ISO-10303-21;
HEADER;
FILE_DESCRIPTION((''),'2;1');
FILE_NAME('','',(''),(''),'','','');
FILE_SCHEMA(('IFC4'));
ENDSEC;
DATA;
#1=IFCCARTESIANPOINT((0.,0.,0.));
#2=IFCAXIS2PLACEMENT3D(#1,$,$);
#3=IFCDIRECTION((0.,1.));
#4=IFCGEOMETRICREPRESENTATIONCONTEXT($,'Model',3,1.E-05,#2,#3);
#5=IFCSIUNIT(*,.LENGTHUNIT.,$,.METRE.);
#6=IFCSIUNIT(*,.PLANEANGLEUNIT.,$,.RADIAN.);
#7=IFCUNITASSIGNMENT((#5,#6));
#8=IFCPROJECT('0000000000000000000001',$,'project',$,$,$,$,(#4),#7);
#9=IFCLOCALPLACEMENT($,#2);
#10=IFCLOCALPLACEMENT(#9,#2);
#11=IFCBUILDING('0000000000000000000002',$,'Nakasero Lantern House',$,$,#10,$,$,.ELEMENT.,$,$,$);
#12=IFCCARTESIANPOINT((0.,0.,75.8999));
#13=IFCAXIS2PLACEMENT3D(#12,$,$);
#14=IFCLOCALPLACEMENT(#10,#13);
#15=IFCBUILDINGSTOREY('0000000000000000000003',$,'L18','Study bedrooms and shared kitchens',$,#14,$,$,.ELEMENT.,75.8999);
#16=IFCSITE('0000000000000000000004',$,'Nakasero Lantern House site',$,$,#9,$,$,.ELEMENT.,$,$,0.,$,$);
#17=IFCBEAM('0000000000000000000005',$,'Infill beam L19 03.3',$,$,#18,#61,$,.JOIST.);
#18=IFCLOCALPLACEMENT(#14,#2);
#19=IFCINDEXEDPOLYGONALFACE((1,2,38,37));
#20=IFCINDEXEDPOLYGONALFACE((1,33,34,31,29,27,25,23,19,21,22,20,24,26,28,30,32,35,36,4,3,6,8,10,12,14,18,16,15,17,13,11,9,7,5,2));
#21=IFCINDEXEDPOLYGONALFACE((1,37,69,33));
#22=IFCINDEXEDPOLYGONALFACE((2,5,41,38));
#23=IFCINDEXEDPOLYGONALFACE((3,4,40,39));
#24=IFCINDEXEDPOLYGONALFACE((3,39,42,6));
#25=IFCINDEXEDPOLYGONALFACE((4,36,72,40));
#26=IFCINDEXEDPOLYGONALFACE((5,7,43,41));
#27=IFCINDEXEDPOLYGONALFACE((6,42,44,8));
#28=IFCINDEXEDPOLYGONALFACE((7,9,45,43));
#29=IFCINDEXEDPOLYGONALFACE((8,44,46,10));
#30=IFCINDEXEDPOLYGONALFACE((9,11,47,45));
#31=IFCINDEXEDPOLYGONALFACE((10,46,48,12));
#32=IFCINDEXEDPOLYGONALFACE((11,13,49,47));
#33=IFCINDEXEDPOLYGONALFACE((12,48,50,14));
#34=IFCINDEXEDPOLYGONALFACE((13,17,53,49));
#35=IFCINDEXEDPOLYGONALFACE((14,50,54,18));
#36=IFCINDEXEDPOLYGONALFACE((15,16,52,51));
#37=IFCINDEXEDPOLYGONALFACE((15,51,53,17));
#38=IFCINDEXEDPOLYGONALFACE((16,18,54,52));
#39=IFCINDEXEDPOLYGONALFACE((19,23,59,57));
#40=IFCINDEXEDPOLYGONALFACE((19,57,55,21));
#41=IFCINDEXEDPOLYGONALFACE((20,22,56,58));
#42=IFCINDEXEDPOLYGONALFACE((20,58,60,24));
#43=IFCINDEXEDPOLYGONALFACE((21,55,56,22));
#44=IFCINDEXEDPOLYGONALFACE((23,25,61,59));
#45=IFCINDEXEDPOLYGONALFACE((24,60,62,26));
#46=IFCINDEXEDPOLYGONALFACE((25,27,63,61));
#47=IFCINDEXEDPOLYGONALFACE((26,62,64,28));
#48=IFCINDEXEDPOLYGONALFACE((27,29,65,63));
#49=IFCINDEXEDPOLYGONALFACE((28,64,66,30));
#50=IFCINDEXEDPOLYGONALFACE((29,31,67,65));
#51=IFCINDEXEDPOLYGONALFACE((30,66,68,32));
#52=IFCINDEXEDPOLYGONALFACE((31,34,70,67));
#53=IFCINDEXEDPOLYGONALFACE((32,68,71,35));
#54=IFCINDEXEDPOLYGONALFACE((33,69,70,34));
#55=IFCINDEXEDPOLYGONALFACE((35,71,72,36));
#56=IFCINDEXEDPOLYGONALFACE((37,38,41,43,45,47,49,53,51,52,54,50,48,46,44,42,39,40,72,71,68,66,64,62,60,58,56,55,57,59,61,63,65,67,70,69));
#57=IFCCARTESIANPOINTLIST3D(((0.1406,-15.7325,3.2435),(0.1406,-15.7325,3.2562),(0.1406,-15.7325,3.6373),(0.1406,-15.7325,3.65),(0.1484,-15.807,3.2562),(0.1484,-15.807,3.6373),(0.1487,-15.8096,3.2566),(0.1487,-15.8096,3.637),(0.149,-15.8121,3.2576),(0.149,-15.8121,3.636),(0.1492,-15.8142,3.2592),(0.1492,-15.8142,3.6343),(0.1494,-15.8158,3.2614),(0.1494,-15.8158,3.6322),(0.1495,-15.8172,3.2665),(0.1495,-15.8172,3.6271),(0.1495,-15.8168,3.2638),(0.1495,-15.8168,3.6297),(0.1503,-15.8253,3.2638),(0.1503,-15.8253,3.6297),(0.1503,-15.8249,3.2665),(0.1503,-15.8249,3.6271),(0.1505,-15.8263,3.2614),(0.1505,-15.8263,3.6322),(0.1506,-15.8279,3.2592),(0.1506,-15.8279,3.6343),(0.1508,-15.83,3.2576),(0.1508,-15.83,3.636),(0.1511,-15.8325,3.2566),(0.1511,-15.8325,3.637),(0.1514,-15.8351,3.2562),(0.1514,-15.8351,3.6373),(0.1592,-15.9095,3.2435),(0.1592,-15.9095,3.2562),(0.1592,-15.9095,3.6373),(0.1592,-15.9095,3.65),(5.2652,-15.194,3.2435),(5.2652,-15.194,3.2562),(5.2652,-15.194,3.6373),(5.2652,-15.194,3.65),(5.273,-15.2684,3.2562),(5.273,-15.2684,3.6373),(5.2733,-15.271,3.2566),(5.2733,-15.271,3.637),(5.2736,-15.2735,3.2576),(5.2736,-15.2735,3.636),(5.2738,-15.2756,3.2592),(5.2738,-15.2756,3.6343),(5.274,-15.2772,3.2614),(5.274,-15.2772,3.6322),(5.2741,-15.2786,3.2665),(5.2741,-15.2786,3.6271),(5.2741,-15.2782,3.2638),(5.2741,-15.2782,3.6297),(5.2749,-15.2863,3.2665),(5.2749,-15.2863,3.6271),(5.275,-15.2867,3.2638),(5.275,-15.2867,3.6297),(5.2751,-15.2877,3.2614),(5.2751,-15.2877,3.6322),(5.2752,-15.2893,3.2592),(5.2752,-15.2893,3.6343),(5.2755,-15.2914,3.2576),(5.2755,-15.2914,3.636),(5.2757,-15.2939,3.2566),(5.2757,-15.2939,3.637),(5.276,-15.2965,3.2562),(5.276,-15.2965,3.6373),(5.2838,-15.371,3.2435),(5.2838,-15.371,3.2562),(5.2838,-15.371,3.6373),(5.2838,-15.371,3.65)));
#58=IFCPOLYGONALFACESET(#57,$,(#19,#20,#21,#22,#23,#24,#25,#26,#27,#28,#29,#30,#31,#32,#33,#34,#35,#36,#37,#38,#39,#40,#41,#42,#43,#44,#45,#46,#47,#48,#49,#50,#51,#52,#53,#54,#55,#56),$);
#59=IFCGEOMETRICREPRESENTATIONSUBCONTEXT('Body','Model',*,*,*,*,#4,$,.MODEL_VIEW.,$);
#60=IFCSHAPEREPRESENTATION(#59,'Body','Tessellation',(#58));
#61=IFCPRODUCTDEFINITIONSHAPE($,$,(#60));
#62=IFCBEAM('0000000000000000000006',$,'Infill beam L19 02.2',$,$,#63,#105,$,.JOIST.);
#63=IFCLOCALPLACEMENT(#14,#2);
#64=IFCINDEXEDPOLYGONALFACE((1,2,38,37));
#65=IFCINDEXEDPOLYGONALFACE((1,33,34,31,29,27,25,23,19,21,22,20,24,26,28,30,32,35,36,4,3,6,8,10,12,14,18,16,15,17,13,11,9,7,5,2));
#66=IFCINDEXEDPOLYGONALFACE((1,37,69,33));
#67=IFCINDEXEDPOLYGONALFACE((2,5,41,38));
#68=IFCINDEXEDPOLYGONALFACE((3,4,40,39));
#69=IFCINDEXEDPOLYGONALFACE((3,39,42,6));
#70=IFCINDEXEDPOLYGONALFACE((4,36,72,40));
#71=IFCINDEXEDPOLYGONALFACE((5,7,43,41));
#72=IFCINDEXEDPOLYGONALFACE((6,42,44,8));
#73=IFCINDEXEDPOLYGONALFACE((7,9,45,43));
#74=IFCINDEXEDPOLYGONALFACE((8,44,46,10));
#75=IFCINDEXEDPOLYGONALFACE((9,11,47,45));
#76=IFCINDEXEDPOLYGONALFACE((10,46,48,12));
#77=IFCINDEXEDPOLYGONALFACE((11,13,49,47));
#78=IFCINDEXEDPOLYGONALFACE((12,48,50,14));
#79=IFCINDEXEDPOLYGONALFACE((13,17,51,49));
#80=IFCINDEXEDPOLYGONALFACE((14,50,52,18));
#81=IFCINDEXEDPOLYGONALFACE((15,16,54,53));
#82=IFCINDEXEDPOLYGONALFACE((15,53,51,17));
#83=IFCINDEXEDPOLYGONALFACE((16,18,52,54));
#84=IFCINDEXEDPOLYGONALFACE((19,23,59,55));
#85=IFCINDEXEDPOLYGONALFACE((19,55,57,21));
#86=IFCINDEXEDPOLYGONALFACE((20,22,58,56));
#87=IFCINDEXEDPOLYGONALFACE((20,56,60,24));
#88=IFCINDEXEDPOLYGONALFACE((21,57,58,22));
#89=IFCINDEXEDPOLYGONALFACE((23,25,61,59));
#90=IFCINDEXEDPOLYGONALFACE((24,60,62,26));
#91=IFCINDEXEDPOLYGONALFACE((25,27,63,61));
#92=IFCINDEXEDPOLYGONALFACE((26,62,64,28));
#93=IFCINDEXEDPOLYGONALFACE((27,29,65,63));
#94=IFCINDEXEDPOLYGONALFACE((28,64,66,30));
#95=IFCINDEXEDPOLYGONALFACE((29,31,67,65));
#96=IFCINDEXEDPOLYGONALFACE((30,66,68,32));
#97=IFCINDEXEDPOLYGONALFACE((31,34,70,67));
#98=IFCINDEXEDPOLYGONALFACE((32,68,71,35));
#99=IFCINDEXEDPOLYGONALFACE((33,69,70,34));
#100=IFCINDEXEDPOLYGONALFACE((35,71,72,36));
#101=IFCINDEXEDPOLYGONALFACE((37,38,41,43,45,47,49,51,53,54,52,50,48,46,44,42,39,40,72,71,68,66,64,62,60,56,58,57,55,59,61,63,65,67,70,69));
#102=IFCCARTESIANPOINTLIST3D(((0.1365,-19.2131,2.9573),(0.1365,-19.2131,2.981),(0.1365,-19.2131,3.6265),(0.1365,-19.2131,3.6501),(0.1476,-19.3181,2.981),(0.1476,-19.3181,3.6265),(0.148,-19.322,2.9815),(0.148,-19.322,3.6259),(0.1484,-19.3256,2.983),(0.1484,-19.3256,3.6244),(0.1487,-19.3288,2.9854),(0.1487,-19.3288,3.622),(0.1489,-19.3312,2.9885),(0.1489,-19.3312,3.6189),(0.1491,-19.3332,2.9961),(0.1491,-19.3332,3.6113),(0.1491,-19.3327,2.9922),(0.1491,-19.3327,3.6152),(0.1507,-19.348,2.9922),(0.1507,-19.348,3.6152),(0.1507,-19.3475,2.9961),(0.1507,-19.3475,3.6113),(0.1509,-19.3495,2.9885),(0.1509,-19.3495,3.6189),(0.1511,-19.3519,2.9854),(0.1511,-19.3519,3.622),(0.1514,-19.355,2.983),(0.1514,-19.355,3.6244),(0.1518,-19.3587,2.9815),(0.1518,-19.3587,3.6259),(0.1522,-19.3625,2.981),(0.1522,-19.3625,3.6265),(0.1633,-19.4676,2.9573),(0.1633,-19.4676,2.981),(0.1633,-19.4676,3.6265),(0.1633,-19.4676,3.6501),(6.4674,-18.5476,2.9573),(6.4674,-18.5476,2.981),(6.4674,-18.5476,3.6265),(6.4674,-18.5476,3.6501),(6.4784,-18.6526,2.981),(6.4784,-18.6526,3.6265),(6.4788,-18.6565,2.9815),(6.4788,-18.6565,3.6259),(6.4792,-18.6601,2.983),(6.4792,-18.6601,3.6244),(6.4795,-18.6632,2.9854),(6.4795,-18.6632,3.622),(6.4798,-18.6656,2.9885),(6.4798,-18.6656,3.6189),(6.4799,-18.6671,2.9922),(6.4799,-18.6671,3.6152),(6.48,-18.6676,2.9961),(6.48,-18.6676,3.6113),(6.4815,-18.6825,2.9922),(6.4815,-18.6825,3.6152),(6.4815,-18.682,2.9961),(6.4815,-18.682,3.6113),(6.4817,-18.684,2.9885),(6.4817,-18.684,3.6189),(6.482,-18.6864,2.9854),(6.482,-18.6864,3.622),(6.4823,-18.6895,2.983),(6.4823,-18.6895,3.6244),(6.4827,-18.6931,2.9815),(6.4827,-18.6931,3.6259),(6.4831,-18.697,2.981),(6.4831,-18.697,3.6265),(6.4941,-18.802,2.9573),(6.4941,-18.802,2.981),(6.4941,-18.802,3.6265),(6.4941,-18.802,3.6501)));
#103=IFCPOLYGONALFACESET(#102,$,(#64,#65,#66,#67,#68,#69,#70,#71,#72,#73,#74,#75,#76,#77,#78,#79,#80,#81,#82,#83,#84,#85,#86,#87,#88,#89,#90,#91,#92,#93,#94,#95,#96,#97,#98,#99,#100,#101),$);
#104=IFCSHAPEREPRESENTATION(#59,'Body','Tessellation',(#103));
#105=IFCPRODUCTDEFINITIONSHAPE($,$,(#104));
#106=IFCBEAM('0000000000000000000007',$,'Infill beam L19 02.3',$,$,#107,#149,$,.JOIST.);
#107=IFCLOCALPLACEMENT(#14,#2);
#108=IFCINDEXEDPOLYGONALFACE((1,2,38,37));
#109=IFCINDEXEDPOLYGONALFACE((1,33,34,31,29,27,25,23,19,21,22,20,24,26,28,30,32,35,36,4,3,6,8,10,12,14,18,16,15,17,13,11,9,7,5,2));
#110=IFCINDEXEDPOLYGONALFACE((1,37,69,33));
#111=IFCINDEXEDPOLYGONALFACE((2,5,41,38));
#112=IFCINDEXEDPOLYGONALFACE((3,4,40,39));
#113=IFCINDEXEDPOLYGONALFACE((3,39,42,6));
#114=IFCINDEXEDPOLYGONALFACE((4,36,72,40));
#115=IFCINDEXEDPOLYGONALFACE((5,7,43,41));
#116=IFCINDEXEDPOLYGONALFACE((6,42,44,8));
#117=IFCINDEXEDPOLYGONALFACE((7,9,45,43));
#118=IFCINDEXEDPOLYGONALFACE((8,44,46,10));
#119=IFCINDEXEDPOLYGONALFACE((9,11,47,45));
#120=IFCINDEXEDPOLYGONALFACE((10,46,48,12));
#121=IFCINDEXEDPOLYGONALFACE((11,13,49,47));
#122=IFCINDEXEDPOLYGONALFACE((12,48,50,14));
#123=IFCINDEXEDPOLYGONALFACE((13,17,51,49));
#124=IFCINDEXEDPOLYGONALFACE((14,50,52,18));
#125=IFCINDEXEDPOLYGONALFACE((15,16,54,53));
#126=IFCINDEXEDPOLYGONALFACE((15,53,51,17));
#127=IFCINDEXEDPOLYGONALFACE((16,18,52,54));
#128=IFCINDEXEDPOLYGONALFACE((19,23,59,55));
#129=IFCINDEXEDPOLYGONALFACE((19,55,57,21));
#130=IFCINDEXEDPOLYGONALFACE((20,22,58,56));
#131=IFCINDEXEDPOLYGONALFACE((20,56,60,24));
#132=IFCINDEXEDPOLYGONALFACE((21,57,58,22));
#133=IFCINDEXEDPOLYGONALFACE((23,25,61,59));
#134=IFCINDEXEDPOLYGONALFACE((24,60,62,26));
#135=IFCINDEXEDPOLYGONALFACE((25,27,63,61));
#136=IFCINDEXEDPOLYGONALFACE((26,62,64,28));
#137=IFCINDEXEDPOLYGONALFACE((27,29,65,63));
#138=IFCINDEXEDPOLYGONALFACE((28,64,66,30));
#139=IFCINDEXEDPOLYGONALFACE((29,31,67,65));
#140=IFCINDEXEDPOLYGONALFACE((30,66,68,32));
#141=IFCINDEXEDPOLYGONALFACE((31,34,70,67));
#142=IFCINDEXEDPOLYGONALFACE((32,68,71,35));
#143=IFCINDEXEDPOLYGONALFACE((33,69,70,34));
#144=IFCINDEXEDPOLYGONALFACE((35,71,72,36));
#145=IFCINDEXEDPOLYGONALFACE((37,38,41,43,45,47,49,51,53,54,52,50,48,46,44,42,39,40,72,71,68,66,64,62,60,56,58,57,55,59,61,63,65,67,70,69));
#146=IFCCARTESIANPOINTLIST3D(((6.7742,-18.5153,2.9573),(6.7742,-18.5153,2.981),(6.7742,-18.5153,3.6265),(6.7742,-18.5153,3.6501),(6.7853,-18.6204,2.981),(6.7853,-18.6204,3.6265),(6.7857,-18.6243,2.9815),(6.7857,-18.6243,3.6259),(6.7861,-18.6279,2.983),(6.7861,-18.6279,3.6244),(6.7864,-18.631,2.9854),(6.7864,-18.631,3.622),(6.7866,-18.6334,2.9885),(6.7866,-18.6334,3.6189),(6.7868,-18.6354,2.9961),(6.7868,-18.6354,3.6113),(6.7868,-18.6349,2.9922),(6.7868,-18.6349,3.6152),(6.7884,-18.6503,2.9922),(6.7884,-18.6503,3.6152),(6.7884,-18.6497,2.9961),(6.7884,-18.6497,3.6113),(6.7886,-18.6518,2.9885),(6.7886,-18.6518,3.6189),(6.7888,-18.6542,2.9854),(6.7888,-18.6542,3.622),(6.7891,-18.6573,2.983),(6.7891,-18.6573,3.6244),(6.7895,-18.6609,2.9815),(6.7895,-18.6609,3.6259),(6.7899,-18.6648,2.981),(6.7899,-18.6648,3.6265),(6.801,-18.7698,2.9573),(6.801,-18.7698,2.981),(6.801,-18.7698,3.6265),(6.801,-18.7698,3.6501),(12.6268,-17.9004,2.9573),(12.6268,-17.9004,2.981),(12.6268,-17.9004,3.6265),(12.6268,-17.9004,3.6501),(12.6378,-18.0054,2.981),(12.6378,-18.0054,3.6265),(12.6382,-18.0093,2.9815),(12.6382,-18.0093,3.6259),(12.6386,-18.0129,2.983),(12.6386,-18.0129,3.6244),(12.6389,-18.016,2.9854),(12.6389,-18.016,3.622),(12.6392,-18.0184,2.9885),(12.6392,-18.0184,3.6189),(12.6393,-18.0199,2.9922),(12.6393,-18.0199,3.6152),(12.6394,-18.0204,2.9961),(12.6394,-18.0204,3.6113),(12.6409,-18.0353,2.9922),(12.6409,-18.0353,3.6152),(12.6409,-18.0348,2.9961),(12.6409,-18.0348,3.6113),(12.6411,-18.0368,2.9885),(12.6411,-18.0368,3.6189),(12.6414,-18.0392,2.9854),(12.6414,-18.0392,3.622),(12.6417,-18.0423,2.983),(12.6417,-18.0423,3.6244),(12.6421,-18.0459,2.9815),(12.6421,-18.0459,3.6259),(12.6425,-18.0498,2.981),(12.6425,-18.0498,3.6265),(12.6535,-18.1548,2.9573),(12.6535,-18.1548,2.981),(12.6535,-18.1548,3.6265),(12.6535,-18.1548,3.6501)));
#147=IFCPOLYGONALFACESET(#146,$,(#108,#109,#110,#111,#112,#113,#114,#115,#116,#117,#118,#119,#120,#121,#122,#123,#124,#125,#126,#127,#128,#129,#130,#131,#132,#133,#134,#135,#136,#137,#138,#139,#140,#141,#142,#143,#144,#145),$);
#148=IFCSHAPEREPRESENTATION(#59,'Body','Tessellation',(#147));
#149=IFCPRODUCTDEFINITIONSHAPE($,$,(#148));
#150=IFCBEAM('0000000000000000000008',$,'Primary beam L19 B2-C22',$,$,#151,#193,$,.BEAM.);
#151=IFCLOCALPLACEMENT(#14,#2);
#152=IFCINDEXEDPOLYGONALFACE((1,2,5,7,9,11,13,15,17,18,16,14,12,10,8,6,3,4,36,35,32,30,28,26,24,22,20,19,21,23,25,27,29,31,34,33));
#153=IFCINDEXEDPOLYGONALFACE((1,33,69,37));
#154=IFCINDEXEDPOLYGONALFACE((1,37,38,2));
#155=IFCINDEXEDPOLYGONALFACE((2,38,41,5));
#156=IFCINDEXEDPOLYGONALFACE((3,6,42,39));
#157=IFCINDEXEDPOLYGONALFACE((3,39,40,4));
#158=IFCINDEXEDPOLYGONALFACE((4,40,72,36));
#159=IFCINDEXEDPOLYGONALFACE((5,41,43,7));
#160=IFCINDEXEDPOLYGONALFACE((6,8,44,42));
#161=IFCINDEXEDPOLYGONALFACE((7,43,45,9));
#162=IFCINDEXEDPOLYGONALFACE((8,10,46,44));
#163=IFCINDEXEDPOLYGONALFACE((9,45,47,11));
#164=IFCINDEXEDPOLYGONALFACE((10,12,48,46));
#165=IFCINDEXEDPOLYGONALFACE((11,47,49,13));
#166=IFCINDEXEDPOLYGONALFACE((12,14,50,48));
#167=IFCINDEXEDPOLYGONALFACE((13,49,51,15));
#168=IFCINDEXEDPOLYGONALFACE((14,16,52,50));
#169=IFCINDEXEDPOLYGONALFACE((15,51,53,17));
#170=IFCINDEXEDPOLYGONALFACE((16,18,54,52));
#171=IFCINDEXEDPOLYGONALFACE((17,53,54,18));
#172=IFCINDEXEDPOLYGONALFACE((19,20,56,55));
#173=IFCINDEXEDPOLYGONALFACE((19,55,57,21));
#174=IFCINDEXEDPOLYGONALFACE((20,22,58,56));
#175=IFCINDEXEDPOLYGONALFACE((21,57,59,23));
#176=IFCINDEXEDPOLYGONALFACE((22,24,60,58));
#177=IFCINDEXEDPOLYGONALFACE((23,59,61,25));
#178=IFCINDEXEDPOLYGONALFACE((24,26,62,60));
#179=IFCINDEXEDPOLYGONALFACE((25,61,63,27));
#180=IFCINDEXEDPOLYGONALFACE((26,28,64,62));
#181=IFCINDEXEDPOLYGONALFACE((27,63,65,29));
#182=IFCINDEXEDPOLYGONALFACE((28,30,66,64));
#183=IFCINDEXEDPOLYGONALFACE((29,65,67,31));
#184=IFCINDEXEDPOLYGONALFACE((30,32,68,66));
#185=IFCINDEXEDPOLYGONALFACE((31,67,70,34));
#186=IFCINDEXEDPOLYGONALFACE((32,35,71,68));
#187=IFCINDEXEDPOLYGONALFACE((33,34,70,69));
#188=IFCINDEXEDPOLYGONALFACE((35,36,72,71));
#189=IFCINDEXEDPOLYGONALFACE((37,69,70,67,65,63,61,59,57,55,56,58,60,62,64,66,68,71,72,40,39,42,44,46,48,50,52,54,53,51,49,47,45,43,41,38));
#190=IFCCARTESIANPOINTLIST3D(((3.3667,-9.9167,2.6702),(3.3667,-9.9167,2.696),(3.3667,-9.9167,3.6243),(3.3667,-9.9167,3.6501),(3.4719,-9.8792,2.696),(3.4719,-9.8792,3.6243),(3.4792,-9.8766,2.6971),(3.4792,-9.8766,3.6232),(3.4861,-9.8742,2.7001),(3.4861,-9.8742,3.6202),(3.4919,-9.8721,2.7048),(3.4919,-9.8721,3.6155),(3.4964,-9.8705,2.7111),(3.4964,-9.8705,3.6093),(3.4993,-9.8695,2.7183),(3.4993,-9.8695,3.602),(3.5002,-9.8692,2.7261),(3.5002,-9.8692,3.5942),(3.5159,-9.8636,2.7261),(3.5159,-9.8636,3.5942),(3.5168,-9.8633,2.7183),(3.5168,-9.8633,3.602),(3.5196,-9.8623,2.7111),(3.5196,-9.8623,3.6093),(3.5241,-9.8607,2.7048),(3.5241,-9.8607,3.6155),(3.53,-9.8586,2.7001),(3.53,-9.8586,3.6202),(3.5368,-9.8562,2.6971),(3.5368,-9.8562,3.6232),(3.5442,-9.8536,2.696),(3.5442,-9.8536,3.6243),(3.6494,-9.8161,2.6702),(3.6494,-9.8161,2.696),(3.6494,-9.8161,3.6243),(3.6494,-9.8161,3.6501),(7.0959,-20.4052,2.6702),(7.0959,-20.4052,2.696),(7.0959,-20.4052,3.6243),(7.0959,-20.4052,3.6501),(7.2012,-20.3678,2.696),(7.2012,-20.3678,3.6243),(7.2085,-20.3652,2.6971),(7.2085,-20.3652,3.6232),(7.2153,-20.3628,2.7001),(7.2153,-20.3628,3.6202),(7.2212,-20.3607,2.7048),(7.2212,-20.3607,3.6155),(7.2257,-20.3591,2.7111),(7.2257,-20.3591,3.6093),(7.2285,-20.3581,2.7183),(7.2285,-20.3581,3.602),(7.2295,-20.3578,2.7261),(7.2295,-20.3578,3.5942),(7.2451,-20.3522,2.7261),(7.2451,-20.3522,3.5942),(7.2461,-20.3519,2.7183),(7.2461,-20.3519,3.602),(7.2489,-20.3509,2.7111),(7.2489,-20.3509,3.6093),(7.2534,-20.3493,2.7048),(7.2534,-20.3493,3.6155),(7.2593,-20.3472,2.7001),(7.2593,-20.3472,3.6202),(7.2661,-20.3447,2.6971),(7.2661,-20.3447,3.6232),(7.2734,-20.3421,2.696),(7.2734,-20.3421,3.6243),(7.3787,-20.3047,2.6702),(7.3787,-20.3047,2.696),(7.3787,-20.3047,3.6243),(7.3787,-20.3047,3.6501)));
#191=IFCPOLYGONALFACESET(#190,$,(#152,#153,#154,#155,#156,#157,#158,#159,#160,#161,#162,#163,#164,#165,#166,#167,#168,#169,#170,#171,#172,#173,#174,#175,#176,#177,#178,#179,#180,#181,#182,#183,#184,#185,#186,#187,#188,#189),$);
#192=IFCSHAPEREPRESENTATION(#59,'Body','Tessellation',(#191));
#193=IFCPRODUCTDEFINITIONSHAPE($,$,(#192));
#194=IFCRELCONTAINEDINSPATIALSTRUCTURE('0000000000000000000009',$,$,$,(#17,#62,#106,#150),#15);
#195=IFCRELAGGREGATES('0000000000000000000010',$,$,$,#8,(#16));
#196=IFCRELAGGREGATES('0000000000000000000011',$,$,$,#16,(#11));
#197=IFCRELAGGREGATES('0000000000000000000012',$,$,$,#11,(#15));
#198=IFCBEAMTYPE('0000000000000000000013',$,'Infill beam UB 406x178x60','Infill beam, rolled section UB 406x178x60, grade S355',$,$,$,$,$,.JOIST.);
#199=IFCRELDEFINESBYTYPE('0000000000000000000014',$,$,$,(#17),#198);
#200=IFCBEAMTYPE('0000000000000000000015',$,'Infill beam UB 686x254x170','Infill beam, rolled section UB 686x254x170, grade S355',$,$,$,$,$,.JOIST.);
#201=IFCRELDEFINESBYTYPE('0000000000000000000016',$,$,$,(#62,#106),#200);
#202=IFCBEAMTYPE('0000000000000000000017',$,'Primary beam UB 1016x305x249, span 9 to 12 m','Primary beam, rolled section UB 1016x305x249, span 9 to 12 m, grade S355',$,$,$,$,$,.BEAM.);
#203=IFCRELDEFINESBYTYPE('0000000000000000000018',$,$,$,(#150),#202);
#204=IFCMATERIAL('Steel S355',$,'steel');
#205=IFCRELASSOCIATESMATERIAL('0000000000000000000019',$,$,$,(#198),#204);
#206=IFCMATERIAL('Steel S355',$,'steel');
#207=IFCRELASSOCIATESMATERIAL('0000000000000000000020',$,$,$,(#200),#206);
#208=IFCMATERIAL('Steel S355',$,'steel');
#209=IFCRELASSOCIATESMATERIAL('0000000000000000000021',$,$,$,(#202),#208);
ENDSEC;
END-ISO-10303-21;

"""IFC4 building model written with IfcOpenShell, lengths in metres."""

from ifc_helpers import new_model, si_unit, direction, frame, origin, origin_2d, place, context, subcontext, project, spatial, i_section, extrude, material, material_profile, profile_set, type_object, element, save


model = new_model("IFC4")

# Units and contexts
model_context = context("Model", 3, precision=1e-05, world=origin(), true_north=direction((0.0, 1.0)))
body_context = subcontext(model_context, "Body", "Model", "MODEL_VIEW")
ifc_project = project(units=[si_unit("LENGTHUNIT", "METRE"), si_unit("PLANEANGLEUNIT", "RADIAN")], contexts=[model_context])

# Site, building, storey
site_placement = place(None, origin())
site = spatial("IfcSite", under=ifc_project, at=site_placement, Name="Nakasero Lantern House site", CompositionType="ELEMENT", RefElevation=0.0)
building_placement = place(site_placement, origin())
building = spatial("IfcBuilding", under=site, at=building_placement, Name="Nakasero Lantern House", CompositionType="ELEMENT")
storey_placement = place(building_placement, frame((0.0, 0.0, 75.8999)))
storey = spatial("IfcBuildingStorey", under=building, at=storey_placement, Name="L18", Description="Study bedrooms and shared kitchens", CompositionType="ELEMENT", Elevation=75.8999)

# Beams
ifc_material_1 = material(Name="Steel S355", Category="steel")
ifc_material_profile_1 = material_profile(ifc_material_1, i_section(OverallWidth=0.178, OverallDepth=0.4065, WebThickness=0.0078, FlangeThickness=0.0127, FilletRadius=0.0103, at=origin_2d()), Name="UB 406x178x60")
ifc_profile_set_1 = profile_set([ifc_material_profile_1], Name="Steel S355")
beam_type_1 = type_object("IfcBeamType", Name="Infill beam UB 406x178x60", Description="Infill beam, rolled section UB 406x178x60, grade S355", PredefinedType="JOIST", material=ifc_profile_set_1)
beam_1_placement = place(storey_placement, frame((0.1499, -15.821, 3.4468), z_axis=(0.994523, 0.104522, 0.0), x_axis=(-0.104522, 0.994523, 0.0)))
element("IfcBeam", 1, at=beam_1_placement, inside=storey, type_object=beam_type_1, Name="Infill beam L19 03.3", PredefinedType="JOIST", context=body_context, shape_type="SweptSolid", body=[
    extrude(i_section(OverallWidth=0.178, OverallDepth=0.4065, WebThickness=0.0078, FlangeThickness=0.0127, FilletRadius=0.0103, at=origin_2d()), origin(), (0.0, 0.0, 1.0), 5.1528),
])
ifc_material_2 = material(Name="Steel S355", Category="steel")
ifc_material_profile_2 = material_profile(ifc_material_2, i_section(OverallWidth=0.2559, OverallDepth=0.6929, WebThickness=0.0144, FlangeThickness=0.0237, FilletRadius=0.0151, at=origin_2d()), Name="UB 686x254x170")
ifc_profile_set_2 = profile_set([ifc_material_profile_2], Name="Steel S355")
beam_type_2 = type_object("IfcBeamType", Name="Infill beam UB 686x254x170", Description="Infill beam, rolled section UB 686x254x170, grade S355", PredefinedType="JOIST", material=ifc_profile_set_2)
beam_2_placement = place(storey_placement, frame((0.1499, -19.3403, 3.3037), z_axis=(0.99452, 0.104549, 0.0), x_axis=(-0.104549, 0.99452, 0.0)))
element("IfcBeam", 2, at=beam_2_placement, inside=storey, type_object=beam_type_2, Name="Infill beam L19 02.2", PredefinedType="JOIST", context=body_context, shape_type="SweptSolid", body=[
    extrude(i_section(OverallWidth=0.2559, OverallDepth=0.6929, WebThickness=0.0144, FlangeThickness=0.0237, FilletRadius=0.0151, at=origin_2d()), origin(), (0.0, 0.0, 1.0), 6.3657),
])
beam_3_placement = place(storey_placement, frame((6.7876, -18.6426, 3.3037), z_axis=(0.994524, 0.104506, 0.0), x_axis=(-0.104506, 0.994524, 0.0)))
element("IfcBeam", 3, at=beam_3_placement, inside=storey, type_object=beam_type_2, Name="Infill beam L19 02.3", PredefinedType="JOIST", context=body_context, shape_type="SweptSolid", body=[
    extrude(i_section(OverallWidth=0.2559, OverallDepth=0.6929, WebThickness=0.0144, FlangeThickness=0.0237, FilletRadius=0.0151, at=origin_2d()), origin(), (0.0, 0.0, 1.0), 5.8848),
])
ifc_material_3 = material(Name="Steel S355", Category="steel")
ifc_material_profile_3 = material_profile(ifc_material_3, i_section(OverallWidth=0.3, OverallDepth=0.98, WebThickness=0.0166, FlangeThickness=0.0259, FilletRadius=0.03, at=origin_2d()), Name="UB 1016x305x249")
ifc_profile_set_3 = profile_set([ifc_material_profile_3], Name="Steel S355")
beam_type_3 = type_object("IfcBeamType", Name="Primary beam UB 1016x305x249, span 9 to 12 m", Description="Primary beam, rolled section UB 1016x305x249, span 9 to 12 m, grade S355", PredefinedType="BEAM", material=ifc_profile_set_3)
beam_4_placement = place(storey_placement, frame((7.2373, -20.355, 3.1602), z_axis=(-0.335009, 0.942215, 0.0), x_axis=(-0.942215, -0.335009, 0.0)))
element("IfcBeam", 4, at=beam_4_placement, inside=storey, type_object=beam_type_3, Name="Primary beam L19 B2-C22", PredefinedType="BEAM", context=body_context, shape_type="SweptSolid", body=[
    extrude(i_section(OverallWidth=0.3, OverallDepth=0.98, WebThickness=0.0166, FlangeThickness=0.0259, FilletRadius=0.03, at=origin_2d()), origin(), (0.0, 0.0, 1.0), 11.1318),
])

save(model, "model.ifc")
